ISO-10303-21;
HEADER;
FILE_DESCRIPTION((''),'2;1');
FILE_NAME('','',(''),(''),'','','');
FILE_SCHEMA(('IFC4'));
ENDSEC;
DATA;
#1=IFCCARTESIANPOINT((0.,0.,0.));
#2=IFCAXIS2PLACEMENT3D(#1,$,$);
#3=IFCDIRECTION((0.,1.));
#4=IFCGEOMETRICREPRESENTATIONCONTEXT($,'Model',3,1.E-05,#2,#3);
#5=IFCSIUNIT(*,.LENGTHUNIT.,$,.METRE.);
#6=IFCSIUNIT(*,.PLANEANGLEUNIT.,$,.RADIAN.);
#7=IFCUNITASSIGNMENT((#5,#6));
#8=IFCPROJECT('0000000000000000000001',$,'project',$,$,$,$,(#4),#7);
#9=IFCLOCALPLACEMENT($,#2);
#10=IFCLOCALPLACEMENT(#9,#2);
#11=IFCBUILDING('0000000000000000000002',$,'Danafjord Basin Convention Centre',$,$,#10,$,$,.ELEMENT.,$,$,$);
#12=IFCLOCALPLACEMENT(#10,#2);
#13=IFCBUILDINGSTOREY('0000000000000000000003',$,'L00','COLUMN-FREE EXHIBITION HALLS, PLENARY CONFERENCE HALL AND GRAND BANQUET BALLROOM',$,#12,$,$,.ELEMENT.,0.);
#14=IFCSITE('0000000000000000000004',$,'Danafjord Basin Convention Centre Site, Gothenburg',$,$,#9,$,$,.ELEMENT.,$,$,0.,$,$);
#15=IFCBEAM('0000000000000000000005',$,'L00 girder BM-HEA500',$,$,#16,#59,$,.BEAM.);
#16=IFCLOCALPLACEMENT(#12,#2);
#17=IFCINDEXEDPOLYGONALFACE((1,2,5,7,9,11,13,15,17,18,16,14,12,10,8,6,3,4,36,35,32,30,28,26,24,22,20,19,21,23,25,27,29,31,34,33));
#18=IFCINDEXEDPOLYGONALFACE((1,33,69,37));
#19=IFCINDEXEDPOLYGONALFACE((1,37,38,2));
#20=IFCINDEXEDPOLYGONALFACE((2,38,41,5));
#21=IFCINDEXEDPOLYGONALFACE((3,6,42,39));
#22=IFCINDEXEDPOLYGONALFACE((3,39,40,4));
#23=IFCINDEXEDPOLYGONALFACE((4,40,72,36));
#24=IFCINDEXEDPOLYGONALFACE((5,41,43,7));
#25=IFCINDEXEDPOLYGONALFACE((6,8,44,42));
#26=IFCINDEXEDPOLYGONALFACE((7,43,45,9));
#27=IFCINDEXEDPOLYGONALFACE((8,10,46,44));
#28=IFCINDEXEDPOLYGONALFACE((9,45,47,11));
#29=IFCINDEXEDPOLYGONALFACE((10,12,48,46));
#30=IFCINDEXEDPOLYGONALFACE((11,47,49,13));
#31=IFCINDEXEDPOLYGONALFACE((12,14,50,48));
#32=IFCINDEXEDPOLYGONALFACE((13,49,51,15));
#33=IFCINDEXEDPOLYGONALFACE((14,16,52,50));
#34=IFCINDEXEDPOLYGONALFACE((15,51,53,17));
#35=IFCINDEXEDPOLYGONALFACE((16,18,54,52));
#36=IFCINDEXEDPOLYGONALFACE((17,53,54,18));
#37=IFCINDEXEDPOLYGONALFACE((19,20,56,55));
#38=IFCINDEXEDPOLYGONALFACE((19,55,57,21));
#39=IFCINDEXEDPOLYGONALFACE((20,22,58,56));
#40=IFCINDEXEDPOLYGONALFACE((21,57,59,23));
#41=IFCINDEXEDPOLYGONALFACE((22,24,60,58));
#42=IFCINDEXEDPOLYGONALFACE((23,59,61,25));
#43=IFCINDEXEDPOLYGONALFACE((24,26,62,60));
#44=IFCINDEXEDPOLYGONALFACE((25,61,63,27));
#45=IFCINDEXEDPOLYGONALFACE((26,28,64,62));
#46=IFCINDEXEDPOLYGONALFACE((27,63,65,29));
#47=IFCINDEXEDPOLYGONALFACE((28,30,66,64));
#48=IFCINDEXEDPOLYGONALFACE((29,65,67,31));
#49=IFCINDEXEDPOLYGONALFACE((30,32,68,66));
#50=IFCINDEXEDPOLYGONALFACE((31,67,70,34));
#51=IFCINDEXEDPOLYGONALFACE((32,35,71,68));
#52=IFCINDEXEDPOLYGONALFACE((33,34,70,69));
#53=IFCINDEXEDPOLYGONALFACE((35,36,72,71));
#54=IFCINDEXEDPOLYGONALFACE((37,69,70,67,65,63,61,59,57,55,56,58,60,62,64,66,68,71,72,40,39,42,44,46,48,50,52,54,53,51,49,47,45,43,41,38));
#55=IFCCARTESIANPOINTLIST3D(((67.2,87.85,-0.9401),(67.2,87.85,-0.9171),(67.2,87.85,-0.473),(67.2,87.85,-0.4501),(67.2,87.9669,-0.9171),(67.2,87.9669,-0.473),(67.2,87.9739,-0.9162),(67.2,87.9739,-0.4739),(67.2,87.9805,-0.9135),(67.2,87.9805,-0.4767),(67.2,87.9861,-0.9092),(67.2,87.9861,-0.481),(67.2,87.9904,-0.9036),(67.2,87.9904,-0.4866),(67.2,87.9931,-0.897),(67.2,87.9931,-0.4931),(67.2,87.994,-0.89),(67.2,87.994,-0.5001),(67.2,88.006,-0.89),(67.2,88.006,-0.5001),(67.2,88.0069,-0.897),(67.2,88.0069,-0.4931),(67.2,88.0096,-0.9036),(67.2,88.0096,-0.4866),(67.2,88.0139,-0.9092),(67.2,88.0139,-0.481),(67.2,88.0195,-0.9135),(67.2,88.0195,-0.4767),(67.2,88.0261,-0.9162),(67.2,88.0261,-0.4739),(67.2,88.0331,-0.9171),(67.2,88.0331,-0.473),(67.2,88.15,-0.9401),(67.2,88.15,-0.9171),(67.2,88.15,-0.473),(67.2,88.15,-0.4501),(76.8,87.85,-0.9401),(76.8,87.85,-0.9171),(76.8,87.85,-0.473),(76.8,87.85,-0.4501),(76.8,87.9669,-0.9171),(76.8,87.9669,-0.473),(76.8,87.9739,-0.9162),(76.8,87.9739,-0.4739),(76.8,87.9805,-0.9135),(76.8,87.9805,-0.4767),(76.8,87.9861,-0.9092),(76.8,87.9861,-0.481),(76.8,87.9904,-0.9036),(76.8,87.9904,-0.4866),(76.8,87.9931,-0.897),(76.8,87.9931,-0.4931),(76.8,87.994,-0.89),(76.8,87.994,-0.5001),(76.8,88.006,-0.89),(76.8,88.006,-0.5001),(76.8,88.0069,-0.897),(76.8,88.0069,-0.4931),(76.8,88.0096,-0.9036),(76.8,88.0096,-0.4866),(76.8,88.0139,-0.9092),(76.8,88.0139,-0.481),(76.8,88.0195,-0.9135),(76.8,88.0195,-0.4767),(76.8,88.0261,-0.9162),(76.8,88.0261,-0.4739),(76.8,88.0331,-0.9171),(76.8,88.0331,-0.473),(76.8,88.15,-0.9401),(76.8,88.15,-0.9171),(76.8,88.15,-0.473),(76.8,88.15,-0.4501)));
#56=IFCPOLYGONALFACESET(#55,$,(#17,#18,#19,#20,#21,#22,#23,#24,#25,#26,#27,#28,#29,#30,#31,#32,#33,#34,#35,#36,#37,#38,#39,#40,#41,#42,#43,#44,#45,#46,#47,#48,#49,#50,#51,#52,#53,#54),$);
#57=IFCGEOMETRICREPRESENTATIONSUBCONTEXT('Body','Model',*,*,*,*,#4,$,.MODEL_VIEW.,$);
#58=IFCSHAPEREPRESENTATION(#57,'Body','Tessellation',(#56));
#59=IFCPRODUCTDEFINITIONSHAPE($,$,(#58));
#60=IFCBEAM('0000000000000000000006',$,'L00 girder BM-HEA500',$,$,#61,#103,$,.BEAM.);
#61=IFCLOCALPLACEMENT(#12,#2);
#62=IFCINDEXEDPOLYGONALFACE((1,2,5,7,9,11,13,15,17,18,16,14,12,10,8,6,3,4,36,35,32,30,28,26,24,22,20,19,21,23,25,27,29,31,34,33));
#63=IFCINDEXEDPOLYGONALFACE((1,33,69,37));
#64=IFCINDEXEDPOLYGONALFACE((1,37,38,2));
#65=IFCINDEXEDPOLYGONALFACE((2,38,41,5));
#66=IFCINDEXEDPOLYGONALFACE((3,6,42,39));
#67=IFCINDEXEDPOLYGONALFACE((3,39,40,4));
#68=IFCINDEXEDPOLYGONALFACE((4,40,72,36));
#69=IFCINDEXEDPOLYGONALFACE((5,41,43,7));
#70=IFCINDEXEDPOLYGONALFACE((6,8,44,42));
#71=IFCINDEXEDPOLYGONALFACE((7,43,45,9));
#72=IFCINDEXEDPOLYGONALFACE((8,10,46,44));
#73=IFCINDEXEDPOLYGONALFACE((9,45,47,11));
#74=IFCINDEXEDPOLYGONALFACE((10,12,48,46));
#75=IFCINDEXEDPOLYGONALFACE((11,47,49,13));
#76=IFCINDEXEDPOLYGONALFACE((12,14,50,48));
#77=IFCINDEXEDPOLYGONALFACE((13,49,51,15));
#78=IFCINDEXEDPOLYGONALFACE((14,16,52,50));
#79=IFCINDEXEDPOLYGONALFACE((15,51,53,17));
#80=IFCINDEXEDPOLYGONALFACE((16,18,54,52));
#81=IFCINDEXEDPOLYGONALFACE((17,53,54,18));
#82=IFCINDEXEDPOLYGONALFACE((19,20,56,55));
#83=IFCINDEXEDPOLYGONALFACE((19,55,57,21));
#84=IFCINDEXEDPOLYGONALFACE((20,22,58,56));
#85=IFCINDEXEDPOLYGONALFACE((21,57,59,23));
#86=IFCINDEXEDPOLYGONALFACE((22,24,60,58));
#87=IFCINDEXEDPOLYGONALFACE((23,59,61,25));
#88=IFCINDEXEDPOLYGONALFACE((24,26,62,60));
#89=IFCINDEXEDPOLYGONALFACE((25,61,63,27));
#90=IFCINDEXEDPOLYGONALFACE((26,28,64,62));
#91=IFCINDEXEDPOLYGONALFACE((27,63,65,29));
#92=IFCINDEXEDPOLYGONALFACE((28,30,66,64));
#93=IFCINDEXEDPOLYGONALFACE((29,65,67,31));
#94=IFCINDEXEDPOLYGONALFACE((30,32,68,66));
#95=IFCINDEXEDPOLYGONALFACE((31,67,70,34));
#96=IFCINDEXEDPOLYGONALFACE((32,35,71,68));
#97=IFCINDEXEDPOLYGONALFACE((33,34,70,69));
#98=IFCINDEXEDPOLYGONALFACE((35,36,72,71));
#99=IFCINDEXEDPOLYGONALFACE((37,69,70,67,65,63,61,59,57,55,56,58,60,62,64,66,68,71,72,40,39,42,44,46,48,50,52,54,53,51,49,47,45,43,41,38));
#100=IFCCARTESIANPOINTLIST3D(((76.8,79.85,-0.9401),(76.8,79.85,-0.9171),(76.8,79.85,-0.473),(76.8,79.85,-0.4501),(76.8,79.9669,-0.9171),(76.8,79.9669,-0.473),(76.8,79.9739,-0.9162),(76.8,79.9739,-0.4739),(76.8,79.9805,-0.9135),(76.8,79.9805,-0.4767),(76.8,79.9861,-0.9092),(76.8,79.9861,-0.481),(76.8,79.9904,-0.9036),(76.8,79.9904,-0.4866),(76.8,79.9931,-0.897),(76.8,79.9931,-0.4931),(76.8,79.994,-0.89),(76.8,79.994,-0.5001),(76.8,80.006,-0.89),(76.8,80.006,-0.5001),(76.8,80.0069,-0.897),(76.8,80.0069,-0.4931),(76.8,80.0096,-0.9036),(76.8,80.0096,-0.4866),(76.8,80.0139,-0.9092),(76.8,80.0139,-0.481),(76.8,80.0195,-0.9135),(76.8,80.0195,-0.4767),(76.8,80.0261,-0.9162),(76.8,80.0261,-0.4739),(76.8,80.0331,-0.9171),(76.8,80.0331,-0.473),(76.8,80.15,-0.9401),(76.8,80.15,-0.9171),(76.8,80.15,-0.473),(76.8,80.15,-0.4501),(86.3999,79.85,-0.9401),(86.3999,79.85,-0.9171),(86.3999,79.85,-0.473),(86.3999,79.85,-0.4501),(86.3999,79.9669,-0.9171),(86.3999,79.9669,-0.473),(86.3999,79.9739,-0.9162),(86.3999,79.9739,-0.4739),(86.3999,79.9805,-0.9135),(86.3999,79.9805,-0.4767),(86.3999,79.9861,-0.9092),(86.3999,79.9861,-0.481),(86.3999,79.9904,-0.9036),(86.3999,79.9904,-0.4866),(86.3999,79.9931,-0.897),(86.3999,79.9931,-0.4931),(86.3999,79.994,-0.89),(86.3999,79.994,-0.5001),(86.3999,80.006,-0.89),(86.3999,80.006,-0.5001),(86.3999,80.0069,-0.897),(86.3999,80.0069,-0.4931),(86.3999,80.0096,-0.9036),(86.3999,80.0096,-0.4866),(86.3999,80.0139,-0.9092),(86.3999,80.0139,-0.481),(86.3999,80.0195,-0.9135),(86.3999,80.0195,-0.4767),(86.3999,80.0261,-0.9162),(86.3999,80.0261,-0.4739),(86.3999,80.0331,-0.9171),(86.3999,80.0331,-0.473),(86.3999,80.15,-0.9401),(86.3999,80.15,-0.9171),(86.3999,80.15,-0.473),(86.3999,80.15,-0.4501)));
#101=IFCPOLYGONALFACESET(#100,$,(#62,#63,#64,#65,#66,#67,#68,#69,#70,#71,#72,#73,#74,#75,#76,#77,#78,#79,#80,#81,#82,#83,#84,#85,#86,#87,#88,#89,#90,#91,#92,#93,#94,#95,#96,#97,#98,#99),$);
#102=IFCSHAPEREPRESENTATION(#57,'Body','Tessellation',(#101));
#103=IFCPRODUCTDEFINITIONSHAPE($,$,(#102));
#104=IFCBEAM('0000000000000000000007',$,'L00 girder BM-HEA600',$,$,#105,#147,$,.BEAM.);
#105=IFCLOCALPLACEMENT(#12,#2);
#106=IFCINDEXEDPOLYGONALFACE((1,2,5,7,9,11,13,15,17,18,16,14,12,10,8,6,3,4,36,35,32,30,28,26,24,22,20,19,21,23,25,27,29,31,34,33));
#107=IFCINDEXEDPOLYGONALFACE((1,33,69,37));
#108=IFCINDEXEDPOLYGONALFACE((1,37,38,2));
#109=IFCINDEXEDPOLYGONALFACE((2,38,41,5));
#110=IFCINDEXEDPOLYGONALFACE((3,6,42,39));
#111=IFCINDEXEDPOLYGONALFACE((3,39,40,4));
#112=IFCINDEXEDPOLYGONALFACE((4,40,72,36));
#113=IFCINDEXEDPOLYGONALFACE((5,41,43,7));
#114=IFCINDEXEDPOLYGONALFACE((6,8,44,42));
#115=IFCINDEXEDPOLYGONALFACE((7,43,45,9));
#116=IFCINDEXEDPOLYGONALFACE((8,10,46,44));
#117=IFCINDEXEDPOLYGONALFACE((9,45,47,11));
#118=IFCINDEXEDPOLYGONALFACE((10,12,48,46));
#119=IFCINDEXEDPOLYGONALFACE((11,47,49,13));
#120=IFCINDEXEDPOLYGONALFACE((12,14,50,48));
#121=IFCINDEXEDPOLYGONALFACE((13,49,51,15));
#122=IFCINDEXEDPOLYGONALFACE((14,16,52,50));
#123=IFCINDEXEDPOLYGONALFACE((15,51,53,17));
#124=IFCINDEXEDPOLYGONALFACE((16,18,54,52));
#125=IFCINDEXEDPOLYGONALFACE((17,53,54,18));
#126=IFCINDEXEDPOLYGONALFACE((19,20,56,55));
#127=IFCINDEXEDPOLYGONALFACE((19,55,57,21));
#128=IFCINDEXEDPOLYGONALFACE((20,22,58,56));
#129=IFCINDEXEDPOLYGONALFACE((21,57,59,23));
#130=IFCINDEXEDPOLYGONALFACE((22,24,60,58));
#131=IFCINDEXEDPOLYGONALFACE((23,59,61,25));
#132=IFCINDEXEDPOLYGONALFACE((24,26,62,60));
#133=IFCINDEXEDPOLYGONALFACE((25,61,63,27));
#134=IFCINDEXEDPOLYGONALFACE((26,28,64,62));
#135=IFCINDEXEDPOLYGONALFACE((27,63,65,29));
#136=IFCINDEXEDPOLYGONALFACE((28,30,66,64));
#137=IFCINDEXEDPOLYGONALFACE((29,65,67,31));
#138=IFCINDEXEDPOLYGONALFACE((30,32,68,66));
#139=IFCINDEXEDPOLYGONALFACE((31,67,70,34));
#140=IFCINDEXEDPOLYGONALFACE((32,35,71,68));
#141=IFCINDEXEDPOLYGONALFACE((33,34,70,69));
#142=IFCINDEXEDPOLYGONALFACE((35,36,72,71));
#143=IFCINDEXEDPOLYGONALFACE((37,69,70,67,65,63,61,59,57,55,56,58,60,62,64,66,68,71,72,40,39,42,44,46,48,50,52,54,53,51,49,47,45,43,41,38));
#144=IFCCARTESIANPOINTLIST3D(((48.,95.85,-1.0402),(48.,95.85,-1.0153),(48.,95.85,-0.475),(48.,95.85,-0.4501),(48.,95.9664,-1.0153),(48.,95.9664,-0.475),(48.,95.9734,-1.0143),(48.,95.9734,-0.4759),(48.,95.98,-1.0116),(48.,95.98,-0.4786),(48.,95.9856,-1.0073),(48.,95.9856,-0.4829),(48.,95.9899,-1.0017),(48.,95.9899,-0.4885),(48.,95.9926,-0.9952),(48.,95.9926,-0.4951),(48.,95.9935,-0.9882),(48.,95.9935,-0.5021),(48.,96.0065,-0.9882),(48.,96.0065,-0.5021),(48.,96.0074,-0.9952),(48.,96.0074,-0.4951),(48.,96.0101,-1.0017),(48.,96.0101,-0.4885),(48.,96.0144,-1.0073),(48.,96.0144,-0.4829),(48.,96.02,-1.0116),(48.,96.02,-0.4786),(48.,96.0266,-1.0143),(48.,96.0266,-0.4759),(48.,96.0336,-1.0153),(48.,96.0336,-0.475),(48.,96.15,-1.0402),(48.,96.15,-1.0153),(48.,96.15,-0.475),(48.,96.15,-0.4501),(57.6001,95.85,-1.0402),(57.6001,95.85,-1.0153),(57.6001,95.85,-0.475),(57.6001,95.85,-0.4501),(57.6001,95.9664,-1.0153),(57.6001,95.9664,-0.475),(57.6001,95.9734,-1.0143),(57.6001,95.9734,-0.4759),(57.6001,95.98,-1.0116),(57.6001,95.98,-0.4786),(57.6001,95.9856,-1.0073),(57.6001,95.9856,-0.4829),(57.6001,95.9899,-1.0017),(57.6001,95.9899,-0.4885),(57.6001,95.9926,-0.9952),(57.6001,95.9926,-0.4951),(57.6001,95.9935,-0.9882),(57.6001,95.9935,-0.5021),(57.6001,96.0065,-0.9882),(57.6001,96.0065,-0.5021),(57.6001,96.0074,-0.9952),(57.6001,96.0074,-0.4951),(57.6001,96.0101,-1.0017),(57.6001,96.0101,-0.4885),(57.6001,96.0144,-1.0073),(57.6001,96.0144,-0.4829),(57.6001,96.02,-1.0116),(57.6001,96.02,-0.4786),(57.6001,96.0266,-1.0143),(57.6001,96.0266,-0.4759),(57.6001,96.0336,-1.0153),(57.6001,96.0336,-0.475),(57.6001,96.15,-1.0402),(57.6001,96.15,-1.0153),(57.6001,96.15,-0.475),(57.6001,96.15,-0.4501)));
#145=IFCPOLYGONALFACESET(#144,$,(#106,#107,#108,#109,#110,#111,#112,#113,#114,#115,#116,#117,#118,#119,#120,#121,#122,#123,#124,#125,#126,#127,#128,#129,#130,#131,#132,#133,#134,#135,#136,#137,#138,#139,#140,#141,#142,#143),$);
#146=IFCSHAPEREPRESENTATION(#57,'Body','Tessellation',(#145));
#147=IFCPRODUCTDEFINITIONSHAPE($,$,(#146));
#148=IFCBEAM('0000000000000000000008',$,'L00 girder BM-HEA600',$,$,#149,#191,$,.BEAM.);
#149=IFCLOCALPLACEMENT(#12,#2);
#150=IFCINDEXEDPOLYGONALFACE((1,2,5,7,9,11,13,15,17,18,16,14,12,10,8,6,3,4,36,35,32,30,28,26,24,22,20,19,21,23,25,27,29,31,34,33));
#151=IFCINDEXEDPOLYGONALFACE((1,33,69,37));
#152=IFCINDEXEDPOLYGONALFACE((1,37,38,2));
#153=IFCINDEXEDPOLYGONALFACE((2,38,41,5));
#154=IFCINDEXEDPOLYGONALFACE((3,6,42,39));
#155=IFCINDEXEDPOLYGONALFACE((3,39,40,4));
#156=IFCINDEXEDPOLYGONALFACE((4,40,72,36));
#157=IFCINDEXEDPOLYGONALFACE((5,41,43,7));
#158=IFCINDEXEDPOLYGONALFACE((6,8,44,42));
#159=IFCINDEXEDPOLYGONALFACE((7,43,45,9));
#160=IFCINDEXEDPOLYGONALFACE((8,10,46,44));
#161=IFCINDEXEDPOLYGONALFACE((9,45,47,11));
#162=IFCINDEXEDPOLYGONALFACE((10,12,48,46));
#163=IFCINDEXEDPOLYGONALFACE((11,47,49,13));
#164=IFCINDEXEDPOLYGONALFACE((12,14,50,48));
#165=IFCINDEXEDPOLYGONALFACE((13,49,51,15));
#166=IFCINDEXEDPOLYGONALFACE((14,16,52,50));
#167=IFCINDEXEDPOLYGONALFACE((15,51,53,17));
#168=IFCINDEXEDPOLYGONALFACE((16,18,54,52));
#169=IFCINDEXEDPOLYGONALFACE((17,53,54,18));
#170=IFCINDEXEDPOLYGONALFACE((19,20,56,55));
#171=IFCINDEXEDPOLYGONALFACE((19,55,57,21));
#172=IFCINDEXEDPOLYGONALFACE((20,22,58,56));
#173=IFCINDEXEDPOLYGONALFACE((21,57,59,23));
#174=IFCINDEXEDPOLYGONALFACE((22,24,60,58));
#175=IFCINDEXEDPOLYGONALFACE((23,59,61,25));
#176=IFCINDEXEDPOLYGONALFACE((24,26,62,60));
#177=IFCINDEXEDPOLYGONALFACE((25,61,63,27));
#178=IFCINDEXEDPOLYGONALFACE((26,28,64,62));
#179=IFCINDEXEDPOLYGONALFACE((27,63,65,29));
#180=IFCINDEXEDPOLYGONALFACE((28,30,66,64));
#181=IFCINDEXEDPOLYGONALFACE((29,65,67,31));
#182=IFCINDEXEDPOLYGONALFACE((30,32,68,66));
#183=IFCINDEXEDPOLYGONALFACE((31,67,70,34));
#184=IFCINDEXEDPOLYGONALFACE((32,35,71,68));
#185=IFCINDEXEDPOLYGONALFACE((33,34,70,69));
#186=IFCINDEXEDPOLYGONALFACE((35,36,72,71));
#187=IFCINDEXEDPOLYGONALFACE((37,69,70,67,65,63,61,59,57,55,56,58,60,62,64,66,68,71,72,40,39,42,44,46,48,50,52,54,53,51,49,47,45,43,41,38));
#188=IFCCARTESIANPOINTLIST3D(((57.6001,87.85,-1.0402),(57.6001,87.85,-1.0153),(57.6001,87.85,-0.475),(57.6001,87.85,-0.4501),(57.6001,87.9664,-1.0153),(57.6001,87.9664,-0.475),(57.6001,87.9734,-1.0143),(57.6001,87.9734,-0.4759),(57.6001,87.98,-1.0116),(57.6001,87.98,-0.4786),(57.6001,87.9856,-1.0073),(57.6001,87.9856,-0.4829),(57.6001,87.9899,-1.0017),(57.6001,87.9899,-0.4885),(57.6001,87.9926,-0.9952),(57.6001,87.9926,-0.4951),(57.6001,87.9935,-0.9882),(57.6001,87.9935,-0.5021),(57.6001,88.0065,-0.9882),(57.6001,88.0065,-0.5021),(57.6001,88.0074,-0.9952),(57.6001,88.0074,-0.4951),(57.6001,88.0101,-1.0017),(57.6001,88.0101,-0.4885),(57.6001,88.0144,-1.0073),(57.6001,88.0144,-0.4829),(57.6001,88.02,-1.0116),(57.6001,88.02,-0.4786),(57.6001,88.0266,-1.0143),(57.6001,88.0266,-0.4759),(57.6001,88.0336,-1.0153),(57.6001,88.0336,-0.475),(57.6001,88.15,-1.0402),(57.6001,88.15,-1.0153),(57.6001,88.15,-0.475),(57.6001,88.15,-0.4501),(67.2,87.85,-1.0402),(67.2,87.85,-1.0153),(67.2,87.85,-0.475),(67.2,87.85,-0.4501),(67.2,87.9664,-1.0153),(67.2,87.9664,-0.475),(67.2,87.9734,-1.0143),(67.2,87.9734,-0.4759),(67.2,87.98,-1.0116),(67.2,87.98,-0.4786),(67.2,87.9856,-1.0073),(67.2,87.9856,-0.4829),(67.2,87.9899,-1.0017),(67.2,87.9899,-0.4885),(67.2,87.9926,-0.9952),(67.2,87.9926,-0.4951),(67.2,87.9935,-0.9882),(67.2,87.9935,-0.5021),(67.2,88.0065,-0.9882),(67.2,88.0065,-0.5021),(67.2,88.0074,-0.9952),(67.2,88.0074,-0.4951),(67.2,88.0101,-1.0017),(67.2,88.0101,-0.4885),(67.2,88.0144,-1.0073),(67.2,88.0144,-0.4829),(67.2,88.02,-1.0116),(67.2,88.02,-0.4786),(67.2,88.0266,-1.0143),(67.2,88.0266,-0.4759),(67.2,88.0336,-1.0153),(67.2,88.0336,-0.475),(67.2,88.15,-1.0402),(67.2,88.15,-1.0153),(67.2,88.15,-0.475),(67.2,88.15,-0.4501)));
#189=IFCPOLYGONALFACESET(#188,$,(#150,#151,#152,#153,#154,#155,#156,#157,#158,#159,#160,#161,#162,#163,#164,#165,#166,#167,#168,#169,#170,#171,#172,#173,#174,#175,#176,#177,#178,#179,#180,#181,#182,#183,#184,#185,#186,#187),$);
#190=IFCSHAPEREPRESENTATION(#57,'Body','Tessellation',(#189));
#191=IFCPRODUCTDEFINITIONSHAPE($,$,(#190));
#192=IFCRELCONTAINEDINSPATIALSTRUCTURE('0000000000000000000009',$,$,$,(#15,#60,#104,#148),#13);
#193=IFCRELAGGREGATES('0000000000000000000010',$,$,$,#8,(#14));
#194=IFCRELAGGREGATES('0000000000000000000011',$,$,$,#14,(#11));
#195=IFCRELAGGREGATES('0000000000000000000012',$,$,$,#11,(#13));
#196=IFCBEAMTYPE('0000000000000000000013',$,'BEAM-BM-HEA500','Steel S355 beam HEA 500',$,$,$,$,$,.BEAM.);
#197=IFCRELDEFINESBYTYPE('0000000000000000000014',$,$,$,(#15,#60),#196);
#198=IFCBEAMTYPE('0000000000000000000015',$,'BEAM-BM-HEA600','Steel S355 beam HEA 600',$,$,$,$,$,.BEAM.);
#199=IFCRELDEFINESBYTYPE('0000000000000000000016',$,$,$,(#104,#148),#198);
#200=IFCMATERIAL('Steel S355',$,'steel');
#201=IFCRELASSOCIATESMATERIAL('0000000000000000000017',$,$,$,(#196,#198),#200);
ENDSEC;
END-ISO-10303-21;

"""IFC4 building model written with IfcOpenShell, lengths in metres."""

from ifc_helpers import new_model, si_unit, direction, frame, origin, origin_2d, place, context, subcontext, project, spatial, i_section, extrude, material, material_profile, profile_set, type_object, element, save


model = new_model("IFC4")

# Units and contexts
model_context = context("Model", 3, precision=1e-05, world=origin(), true_north=direction((0.0, 1.0)))
body_context = subcontext(model_context, "Body", "Model", "MODEL_VIEW")
ifc_project = project(units=[si_unit("LENGTHUNIT", "METRE"), si_unit("PLANEANGLEUNIT", "RADIAN")], contexts=[model_context])

# Site, building, storey
site_placement = place(None, origin())
site = spatial("IfcSite", under=ifc_project, at=site_placement, Name="Danafjord Basin Convention Centre Site, Gothenburg", CompositionType="ELEMENT", RefElevation=0.0)
building_placement = place(site_placement, origin())
building = spatial("IfcBuilding", under=site, at=building_placement, Name="Danafjord Basin Convention Centre", CompositionType="ELEMENT")
storey_placement = place(building_placement, origin())
storey = spatial("IfcBuildingStorey", under=building, at=storey_placement, Name="L00", Description="COLUMN-FREE EXHIBITION HALLS, PLENARY CONFERENCE HALL AND GRAND BANQUET BALLROOM", CompositionType="ELEMENT", Elevation=0.0)

# Beams
ifc_material_1 = material(Name="Steel S355", Category="steel")
ifc_material_profile_1 = material_profile(ifc_material_1, i_section(OverallWidth=0.3, OverallDepth=0.49, WebThickness=0.012, FlangeThickness=0.0229, FilletRadius=0.0271, at=origin_2d()), Name="HEA 500")
ifc_profile_set_1 = profile_set([ifc_material_profile_1], Name="Steel S355")
beam_type_1 = type_object("IfcBeamType", Name="BEAM-BM-HEA500", Description="Steel S355 beam HEA 500", PredefinedType="BEAM", material=ifc_profile_set_1)
beam_1_placement = place(storey_placement, frame((67.2, 88.0, -0.6951), z_axis=(1.0, 0.0, 0.0), x_axis=(0.0, 1.0, 0.0)))
element("IfcBeam", 1, at=beam_1_placement, inside=storey, type_object=beam_type_1, Name="L00 girder BM-HEA500", PredefinedType="BEAM", context=body_context, shape_type="SweptSolid", body=[
    extrude(i_section(OverallWidth=0.3, OverallDepth=0.49, WebThickness=0.012, FlangeThickness=0.0229, FilletRadius=0.0271, at=origin_2d()), origin(), (0.0, 0.0, 1.0), 9.6001),
])
beam_2_placement = place(storey_placement, frame((76.8, 80.0, -0.6951), z_axis=(1.0, 0.0, 0.0), x_axis=(0.0, 1.0, 0.0)))
element("IfcBeam", 2, at=beam_2_placement, inside=storey, type_object=beam_type_1, Name="L00 girder BM-HEA500", PredefinedType="BEAM", context=body_context, shape_type="SweptSolid", body=[
    extrude(i_section(OverallWidth=0.3, OverallDepth=0.49, WebThickness=0.012, FlangeThickness=0.0229, FilletRadius=0.0271, at=origin_2d()), origin(), (0.0, 0.0, 1.0), 9.5999),
])
ifc_material_profile_2 = material_profile(ifc_material_1, i_section(OverallWidth=0.3, OverallDepth=0.5901, WebThickness=0.0129, FlangeThickness=0.0249, FilletRadius=0.0271, at=origin_2d()), Name="HEA 600")
ifc_profile_set_2 = profile_set([ifc_material_profile_2], Name="Steel S355")
beam_type_2 = type_object("IfcBeamType", Name="BEAM-BM-HEA600", Description="Steel S355 beam HEA 600", PredefinedType="BEAM", material=ifc_profile_set_2)
beam_3_placement = place(storey_placement, frame((48.0, 96.0, -0.7451), z_axis=(1.0, 0.0, 0.0), x_axis=(0.0, 1.0, 0.0)))
element("IfcBeam", 3, at=beam_3_placement, inside=storey, type_object=beam_type_2, Name="L00 girder BM-HEA600", PredefinedType="BEAM", context=body_context, shape_type="SweptSolid", body=[
    extrude(i_section(OverallWidth=0.3, OverallDepth=0.5901, WebThickness=0.0129, FlangeThickness=0.0249, FilletRadius=0.0271, at=origin_2d()), origin(), (0.0, 0.0, 1.0), 9.6001),
])
beam_4_placement = place(storey_placement, frame((57.6001, 88.0, -0.7451), z_axis=(1.0, 0.0, 0.0), x_axis=(0.0, 1.0, 0.0)))
element("IfcBeam", 4, at=beam_4_placement, inside=storey, type_object=beam_type_2, Name="L00 girder BM-HEA600", PredefinedType="BEAM", context=body_context, shape_type="SweptSolid", body=[
    extrude(i_section(OverallWidth=0.3, OverallDepth=0.5901, WebThickness=0.0129, FlangeThickness=0.0249, FilletRadius=0.0271, at=origin_2d()), origin(), (0.0, 0.0, 1.0), 9.5999),
])

save(model, "model.ifc")
